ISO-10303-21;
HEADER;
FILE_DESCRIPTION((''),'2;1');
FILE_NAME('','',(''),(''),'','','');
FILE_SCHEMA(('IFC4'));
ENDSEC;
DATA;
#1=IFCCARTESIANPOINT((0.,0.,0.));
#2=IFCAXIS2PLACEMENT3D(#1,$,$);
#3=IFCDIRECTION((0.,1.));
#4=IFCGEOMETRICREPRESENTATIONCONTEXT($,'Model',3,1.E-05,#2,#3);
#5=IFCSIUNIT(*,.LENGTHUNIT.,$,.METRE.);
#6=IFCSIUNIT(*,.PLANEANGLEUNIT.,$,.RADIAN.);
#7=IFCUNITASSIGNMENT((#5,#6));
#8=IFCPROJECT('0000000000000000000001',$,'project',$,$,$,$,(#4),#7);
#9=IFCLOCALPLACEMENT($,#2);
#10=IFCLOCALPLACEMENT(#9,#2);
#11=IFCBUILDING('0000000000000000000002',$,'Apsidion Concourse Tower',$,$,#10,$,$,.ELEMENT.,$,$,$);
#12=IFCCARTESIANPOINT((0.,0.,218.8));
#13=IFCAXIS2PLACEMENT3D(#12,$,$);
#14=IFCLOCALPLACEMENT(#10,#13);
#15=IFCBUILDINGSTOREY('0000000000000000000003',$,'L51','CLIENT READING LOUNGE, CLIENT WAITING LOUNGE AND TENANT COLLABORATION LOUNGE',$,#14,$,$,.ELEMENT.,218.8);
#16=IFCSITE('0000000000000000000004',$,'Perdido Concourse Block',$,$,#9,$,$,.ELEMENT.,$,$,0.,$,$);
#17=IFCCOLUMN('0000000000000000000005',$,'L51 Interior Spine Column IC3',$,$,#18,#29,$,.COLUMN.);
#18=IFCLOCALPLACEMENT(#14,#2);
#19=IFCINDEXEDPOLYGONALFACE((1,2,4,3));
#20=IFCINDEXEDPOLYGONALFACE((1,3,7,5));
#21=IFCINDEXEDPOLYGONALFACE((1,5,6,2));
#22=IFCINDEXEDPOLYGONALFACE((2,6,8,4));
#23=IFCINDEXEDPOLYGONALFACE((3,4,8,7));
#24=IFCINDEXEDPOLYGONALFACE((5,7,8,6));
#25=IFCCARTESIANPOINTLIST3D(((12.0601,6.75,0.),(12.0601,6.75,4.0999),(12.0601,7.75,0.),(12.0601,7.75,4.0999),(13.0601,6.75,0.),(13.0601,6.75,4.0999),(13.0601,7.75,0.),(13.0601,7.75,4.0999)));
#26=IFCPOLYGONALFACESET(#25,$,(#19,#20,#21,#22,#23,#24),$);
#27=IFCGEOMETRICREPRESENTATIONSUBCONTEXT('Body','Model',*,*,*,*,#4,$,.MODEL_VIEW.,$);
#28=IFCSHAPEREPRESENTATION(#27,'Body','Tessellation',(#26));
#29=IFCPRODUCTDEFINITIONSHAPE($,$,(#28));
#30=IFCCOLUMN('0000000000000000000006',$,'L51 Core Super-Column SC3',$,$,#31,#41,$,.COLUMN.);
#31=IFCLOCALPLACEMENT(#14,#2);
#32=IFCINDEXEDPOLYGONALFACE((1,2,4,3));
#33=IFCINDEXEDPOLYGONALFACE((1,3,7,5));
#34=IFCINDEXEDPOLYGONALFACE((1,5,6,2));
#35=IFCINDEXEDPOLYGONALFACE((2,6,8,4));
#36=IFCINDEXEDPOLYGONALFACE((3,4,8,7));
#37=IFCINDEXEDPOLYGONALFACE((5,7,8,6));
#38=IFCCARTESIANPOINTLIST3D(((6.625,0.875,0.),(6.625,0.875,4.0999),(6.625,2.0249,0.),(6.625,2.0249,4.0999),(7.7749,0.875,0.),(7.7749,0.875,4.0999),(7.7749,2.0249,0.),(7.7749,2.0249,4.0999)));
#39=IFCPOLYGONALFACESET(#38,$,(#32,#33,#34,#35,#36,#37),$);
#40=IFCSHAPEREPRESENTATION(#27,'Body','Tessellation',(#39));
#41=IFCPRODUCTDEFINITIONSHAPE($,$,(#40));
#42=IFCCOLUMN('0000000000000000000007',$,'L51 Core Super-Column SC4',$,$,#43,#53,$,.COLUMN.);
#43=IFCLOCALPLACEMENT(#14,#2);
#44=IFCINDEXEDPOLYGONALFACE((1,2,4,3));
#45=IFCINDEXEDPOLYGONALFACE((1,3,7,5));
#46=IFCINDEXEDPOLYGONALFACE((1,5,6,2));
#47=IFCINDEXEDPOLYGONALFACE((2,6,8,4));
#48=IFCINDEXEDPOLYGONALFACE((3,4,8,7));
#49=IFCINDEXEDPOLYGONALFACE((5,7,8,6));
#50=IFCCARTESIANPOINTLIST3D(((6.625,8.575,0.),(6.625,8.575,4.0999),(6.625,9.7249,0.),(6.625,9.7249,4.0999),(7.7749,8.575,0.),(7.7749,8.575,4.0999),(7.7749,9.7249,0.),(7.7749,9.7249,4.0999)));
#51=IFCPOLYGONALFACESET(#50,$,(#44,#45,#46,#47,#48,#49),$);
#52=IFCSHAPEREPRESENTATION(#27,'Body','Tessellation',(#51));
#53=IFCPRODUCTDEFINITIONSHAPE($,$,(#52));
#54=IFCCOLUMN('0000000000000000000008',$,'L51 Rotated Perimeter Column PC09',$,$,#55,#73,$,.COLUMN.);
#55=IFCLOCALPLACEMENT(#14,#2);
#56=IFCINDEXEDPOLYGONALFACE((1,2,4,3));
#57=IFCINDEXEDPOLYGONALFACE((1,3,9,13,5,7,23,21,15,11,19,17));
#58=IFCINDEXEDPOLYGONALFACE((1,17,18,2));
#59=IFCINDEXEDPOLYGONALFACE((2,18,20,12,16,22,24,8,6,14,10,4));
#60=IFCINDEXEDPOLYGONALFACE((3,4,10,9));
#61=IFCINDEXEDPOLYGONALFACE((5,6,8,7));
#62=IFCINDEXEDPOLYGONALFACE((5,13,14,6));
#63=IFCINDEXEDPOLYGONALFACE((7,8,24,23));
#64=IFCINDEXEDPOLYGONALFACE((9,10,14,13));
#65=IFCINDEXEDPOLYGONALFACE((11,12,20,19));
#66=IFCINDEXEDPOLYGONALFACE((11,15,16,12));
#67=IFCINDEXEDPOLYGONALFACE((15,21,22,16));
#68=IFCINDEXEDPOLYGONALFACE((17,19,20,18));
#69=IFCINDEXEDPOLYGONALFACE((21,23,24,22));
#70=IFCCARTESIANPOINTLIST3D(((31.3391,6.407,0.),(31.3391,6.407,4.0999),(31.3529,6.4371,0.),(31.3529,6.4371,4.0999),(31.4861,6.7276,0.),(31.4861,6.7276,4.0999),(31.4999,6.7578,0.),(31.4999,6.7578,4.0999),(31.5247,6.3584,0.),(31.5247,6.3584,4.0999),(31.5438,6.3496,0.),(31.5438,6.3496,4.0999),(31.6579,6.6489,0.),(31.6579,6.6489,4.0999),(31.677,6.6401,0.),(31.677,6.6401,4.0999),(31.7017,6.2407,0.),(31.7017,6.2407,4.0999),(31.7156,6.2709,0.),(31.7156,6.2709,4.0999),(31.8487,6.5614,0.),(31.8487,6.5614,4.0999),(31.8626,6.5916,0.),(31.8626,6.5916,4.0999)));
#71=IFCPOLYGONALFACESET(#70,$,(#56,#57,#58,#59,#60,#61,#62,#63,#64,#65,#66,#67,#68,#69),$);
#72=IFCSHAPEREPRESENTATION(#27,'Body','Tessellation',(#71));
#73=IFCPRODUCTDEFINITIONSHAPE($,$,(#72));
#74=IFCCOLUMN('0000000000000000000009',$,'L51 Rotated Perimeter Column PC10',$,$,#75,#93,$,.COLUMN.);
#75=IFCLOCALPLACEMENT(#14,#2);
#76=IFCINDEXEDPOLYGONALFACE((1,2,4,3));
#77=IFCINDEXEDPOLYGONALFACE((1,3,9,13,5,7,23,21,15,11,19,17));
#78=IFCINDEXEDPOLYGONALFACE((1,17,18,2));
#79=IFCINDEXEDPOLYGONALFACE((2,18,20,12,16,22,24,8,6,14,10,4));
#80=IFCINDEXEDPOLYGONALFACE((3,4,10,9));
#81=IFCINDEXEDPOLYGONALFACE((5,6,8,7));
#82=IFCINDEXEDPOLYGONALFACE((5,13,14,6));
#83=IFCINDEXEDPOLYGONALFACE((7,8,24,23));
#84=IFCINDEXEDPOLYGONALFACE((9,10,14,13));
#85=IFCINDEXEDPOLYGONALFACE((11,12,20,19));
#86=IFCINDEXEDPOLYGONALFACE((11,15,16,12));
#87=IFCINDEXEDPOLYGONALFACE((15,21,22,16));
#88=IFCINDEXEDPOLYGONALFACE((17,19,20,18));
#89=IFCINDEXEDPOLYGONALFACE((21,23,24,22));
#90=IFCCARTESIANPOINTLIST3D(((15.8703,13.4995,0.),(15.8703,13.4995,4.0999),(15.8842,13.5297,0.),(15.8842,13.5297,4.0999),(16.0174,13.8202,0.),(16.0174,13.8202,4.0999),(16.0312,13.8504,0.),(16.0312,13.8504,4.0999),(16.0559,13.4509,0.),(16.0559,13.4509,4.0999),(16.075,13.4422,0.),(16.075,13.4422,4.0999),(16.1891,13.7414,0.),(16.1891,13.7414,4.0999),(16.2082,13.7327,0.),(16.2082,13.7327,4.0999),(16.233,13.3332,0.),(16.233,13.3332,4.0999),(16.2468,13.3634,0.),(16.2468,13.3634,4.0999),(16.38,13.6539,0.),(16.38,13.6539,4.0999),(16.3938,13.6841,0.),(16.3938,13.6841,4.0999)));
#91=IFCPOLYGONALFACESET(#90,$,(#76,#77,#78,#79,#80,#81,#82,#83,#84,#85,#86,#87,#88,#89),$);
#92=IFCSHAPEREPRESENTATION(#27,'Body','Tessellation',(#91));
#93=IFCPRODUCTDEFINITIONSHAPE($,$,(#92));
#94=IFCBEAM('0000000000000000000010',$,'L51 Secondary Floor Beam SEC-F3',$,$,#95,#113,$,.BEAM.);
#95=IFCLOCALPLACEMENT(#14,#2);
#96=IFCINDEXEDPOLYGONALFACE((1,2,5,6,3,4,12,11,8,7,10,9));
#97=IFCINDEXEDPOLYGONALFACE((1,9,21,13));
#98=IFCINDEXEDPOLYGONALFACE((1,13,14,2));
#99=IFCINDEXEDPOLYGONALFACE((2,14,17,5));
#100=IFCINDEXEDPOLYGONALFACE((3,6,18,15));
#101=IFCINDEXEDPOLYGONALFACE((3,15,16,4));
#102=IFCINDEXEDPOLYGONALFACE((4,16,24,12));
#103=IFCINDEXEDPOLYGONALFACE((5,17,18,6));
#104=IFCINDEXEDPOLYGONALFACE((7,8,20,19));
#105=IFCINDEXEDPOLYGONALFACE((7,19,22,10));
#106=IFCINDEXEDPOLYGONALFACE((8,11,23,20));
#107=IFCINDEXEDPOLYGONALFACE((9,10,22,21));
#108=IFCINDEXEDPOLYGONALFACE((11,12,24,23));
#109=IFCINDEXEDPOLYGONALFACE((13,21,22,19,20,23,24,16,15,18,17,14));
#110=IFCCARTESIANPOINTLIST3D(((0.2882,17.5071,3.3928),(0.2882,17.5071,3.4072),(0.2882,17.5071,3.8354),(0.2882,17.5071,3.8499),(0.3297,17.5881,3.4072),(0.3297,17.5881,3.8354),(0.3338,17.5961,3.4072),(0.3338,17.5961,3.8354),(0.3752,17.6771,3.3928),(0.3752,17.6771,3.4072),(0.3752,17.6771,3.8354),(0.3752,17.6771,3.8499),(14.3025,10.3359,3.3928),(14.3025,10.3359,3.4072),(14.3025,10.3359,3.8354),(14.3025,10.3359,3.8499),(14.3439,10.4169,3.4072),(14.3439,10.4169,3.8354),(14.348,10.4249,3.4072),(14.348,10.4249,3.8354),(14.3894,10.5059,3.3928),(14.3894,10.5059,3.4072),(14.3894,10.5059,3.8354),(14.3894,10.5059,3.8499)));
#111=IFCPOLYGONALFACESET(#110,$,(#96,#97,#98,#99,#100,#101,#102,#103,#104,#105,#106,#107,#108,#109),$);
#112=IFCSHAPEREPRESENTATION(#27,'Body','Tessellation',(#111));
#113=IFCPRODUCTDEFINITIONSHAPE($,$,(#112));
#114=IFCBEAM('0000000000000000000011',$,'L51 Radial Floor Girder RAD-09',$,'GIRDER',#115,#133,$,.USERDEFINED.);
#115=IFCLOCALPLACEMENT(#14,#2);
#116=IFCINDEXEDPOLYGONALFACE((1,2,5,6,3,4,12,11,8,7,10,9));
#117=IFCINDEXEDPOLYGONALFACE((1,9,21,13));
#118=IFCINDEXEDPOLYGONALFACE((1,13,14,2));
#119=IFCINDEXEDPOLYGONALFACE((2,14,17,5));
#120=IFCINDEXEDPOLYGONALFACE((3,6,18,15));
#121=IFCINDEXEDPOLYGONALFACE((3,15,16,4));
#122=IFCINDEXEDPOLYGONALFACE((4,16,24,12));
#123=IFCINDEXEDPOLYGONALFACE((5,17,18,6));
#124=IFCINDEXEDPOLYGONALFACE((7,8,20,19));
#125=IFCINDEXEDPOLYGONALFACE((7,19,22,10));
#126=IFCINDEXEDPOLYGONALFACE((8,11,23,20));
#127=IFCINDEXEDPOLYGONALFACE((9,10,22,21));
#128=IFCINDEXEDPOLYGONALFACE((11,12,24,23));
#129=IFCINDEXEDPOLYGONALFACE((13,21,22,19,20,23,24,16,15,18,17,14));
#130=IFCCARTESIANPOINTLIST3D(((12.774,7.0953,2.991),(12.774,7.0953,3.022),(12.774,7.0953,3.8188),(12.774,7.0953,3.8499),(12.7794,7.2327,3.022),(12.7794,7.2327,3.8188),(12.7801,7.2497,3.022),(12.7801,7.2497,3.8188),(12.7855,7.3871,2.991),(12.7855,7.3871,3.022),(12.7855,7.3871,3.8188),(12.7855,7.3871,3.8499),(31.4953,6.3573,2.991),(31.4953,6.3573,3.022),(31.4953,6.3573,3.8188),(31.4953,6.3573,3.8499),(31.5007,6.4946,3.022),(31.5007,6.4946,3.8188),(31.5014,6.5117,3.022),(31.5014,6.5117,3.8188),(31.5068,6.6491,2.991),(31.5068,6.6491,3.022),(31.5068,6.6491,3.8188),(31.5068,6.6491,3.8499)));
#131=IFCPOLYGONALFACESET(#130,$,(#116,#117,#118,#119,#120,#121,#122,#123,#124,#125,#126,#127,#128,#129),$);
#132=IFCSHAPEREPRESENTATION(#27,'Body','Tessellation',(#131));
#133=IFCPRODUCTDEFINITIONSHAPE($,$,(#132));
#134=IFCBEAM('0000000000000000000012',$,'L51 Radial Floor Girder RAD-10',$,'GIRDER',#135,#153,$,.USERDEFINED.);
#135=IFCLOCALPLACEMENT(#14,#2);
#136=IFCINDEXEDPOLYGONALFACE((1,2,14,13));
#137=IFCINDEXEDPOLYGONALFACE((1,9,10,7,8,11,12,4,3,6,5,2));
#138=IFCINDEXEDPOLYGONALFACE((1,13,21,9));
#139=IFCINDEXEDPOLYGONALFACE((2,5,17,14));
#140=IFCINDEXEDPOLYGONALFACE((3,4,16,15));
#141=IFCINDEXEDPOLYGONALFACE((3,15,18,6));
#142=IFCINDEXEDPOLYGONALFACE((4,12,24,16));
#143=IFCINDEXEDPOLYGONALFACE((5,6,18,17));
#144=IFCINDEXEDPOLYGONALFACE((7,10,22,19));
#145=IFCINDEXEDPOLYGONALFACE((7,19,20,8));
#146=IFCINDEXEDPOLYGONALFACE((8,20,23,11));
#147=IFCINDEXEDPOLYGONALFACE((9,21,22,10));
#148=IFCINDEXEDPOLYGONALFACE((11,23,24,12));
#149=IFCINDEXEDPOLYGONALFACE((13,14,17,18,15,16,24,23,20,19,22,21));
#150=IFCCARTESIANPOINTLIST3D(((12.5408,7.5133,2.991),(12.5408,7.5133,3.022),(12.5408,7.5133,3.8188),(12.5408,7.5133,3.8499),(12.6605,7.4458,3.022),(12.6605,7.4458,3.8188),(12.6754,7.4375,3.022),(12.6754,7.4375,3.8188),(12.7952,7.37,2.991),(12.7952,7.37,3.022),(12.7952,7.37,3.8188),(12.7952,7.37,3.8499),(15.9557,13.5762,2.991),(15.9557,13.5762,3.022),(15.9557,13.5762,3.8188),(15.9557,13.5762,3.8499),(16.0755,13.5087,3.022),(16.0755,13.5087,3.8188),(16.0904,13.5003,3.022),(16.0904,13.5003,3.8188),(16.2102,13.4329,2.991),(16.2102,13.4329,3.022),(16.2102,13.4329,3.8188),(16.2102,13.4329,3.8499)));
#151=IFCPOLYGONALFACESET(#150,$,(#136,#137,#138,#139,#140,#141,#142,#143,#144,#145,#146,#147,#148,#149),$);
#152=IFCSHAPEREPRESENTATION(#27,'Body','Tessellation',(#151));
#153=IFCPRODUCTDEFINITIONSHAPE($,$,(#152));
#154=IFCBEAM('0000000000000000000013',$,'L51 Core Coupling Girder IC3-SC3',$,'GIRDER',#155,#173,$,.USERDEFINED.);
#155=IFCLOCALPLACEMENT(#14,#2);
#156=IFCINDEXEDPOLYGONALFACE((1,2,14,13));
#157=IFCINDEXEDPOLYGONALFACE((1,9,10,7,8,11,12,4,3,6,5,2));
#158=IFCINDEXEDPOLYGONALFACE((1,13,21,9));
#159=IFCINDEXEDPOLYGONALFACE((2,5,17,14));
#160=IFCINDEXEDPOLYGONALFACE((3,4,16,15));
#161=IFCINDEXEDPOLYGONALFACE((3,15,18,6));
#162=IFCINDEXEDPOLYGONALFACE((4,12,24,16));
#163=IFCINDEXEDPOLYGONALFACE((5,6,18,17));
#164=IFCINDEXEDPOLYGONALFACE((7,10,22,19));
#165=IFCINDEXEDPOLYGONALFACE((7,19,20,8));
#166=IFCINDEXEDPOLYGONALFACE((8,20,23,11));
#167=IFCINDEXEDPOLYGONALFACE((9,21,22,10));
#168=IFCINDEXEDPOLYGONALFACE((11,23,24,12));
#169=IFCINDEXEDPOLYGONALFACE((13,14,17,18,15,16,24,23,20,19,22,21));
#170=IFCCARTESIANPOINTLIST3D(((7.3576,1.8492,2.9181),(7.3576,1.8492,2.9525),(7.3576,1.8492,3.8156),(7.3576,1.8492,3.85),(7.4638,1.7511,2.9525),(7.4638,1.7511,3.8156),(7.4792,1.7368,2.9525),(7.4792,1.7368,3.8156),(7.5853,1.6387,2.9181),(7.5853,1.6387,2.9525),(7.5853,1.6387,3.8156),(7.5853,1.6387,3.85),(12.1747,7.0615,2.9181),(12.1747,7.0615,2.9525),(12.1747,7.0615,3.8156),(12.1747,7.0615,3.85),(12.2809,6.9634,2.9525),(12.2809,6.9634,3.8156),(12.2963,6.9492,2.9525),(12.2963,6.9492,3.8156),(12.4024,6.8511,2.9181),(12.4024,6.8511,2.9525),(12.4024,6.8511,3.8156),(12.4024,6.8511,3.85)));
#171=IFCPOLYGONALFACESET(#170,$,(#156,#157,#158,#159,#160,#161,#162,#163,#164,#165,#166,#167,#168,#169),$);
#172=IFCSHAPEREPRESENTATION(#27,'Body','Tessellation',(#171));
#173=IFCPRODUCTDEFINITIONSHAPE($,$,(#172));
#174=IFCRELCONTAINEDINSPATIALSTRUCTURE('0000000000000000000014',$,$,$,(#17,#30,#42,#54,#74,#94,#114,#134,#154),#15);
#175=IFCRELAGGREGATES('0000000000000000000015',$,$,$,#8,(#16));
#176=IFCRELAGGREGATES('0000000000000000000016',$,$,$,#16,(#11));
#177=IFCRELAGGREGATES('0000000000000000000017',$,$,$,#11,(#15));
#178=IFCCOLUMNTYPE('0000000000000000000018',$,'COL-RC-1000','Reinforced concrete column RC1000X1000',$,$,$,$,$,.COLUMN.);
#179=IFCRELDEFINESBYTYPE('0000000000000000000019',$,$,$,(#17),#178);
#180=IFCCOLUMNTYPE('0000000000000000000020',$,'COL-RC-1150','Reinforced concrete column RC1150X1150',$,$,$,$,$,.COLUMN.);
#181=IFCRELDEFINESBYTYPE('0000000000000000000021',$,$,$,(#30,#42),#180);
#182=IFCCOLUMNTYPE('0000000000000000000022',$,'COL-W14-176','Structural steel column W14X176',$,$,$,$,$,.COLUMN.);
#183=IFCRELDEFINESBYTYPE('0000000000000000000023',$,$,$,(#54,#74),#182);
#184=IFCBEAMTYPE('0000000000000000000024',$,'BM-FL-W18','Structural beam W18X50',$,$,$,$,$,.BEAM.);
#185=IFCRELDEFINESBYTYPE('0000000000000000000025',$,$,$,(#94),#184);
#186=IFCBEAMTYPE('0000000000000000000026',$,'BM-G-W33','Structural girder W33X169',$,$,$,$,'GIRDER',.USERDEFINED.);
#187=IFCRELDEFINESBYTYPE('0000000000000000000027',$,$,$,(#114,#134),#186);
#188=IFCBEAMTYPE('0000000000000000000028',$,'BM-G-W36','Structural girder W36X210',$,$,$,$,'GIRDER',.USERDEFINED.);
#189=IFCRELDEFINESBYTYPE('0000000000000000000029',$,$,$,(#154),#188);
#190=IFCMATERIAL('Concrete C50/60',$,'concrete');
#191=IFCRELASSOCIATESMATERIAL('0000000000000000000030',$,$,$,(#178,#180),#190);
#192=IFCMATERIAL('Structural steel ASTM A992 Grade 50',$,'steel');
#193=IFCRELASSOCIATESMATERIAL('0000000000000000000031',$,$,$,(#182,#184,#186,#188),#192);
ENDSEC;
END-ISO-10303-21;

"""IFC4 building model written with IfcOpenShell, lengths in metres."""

from ifc_helpers import new_model, si_unit, direction, frame, origin, origin_2d, place, context, subcontext, project, spatial, rectangle, i_section, extrude, material, material_profile, profile_set, type_object, element, save


model = new_model("IFC4")

# Units and contexts
model_context = context("Model", 3, precision=1e-05, world=origin(), true_north=direction((0.0, 1.0)))
body_context = subcontext(model_context, "Body", "Model", "MODEL_VIEW")
ifc_project = project(units=[si_unit("LENGTHUNIT", "METRE"), si_unit("PLANEANGLEUNIT", "RADIAN")], contexts=[model_context])

# Site, building, storey
site_placement = place(None, origin())
site = spatial("IfcSite", under=ifc_project, at=site_placement, Name="Perdido Concourse Block", CompositionType="ELEMENT", RefElevation=0.0)
building_placement = place(site_placement, origin())
building = spatial("IfcBuilding", under=site, at=building_placement, Name="Apsidion Concourse Tower", CompositionType="ELEMENT")
storey_placement = place(building_placement, frame((0.0, 0.0, 218.8)))
storey = spatial("IfcBuildingStorey", under=building, at=storey_placement, Name="L51", Description="CLIENT READING LOUNGE, CLIENT WAITING LOUNGE AND TENANT COLLABORATION LOUNGE", CompositionType="ELEMENT", Elevation=218.8)

# Columns
ifc_material_1 = material(Name="Concrete C50/60", Category="concrete")
ifc_material_profile_1 = material_profile(ifc_material_1, rectangle(XDim=1.0, YDim=1.0, at=origin_2d()), Name="RC 1000x1000")
ifc_profile_set_1 = profile_set([ifc_material_profile_1], Name="Concrete C50/60")
column_type_1 = type_object("IfcColumnType", Name="COL-RC-1000", Description="Reinforced concrete column RC1000X1000", PredefinedType="COLUMN", material=ifc_profile_set_1)
column_placement = place(storey_placement, frame((12.5601, 7.25, 0.0), z_axis=(0.0, 0.0, 1.0), x_axis=(1.0, 0.0, 0.0)))
element("IfcColumn", 1, at=column_placement, inside=storey, type_object=column_type_1, Name="L51 Interior Spine Column IC3", PredefinedType="COLUMN", context=body_context, shape_type="SweptSolid", body=[
    extrude(rectangle(XDim=1.0, YDim=1.0, at=origin_2d()), origin(), (0.0, 0.0, 1.0), 4.0999),
])
ifc_material_profile_2 = material_profile(ifc_material_1, rectangle(XDim=1.1499, YDim=1.1499, at=origin_2d()), Name="RC 1150x1150")
ifc_profile_set_2 = profile_set([ifc_material_profile_2], Name="Concrete C50/60")
column_type_2 = type_object("IfcColumnType", Name="COL-RC-1150", Description="Reinforced concrete column RC1150X1150", PredefinedType="COLUMN", material=ifc_profile_set_2)
for number, where, z_axis, x_axis, name in (
    (2, (7.2, 1.45, 0.0), (0.0, 0.0, 1.0), (1.0, 0.0, 0.0), "L51 Core Super-Column SC3"),
    (3, (7.2, 9.1499, 0.0), (0.0, 0.0, 1.0), (1.0, 0.0, 0.0), "L51 Core Super-Column SC4"),
):
    element("IfcColumn", number, at=place(storey_placement, frame(where, z_axis=z_axis, x_axis=x_axis)), inside=storey, type_object=column_type_2, Name=name, PredefinedType="COLUMN", context=body_context, shape_type="SweptSolid", body=[
        extrude(rectangle(XDim=1.1499, YDim=1.1499, at=origin_2d()), origin(), (0.0, 0.0, 1.0), 4.0999),
    ])
ifc_material_2 = material(Name="Structural steel ASTM A992 Grade 50", Category="steel")
ifc_material_profile_3 = material_profile(ifc_material_2, i_section(OverallWidth=0.3989, OverallDepth=0.386, WebThickness=0.021, FlangeThickness=0.0332, at=origin_2d()), Name="W14X176")
ifc_profile_set_3 = profile_set([ifc_material_profile_3], Name="Structural steel ASTM A992 Grade 50")
column_type_3 = type_object("IfcColumnType", Name="COL-W14-176", Description="Structural steel column W14X176", PredefinedType="COLUMN", material=ifc_profile_set_3)
for number, where, z_axis, x_axis, name in (
    (4, (31.6008, 6.4993, 0.0), (0.0, 0.0, 1.0), (-0.909018, 0.416757, 0.0), "L51 Rotated Perimeter Column PC09"),
    (5, (16.1321, 13.5918, 0.0), (0.0, 0.0, 1.0), (-0.909018, 0.416757, 0.0), "L51 Rotated Perimeter Column PC10"),
):
    element("IfcColumn", number, at=place(storey_placement, frame(where, z_axis=z_axis, x_axis=x_axis)), inside=storey, type_object=column_type_3, Name=name, PredefinedType="COLUMN", context=body_context, shape_type="SweptSolid", body=[
        extrude(i_section(OverallWidth=0.3989, OverallDepth=0.386, WebThickness=0.021, FlangeThickness=0.0332, at=origin_2d()), origin(), (0.0, 0.0, 1.0), 4.0999),
    ])

# Beams
ifc_material_profile_4 = material_profile(ifc_material_2, i_section(OverallWidth=0.1909, OverallDepth=0.457, WebThickness=0.009, FlangeThickness=0.0144, at=origin_2d()), Name="W18X50")
ifc_profile_set_4 = profile_set([ifc_material_profile_4], Name="Structural steel ASTM A992 Grade 50")
beam_type_1 = type_object("IfcBeamType", Name="BM-FL-W18", Description="Structural beam W18X50", PredefinedType="BEAM", material=ifc_profile_set_4)
beam_1_placement = place(storey_placement, frame((14.3459, 10.4209, 3.6213), z_axis=(-0.89022, 0.455532, 0.0), x_axis=(-0.455532, -0.89022, 0.0)))
element("IfcBeam", 6, at=beam_1_placement, inside=storey, type_object=beam_type_1, Name="L51 Secondary Floor Beam SEC-F3", PredefinedType="BEAM", context=body_context, shape_type="SweptSolid", body=[
    extrude(i_section(OverallWidth=0.1909, OverallDepth=0.457, WebThickness=0.009, FlangeThickness=0.0144, at=origin_2d()), origin(), (0.0, 0.0, 1.0), 15.7424),
])
ifc_material_profile_5 = material_profile(ifc_material_2, i_section(OverallWidth=0.292, OverallDepth=0.8589, WebThickness=0.0171, FlangeThickness=0.031, at=origin_2d()), Name="W33X169")
ifc_profile_set_5 = profile_set([ifc_material_profile_5], Name="Structural steel ASTM A992 Grade 50")
beam_type_2 = type_object("IfcBeamType", Name="BM-G-W33", Description="Structural girder W33X169", ElementType="GIRDER", PredefinedType="USERDEFINED", material=ifc_profile_set_5)
beam_2_placement = place(storey_placement, frame((12.7798, 7.2412, 3.4204), z_axis=(0.999224, -0.039392, 0.0), x_axis=(0.039392, 0.999224, 0.0)))
element("IfcBeam", 7, at=beam_2_placement, inside=storey, type_object=beam_type_2, Name="L51 Radial Floor Girder RAD-09", ObjectType="GIRDER", PredefinedType="USERDEFINED", context=body_context, shape_type="SweptSolid", body=[
    extrude(i_section(OverallWidth=0.292, OverallDepth=0.8589, WebThickness=0.0171, FlangeThickness=0.031, at=origin_2d()), origin(), (0.0, 0.0, 1.0), 18.7358),
])
beam_3_placement = place(storey_placement, frame((12.668, 7.4417, 3.4204), z_axis=(0.490764, 0.871292, 0.0), x_axis=(-0.871292, 0.490764, 0.0)))
element("IfcBeam", 8, at=beam_3_placement, inside=storey, type_object=beam_type_2, Name="L51 Radial Floor Girder RAD-10", ObjectType="GIRDER", PredefinedType="USERDEFINED", context=body_context, shape_type="SweptSolid", body=[
    extrude(i_section(OverallWidth=0.292, OverallDepth=0.8589, WebThickness=0.0171, FlangeThickness=0.031, at=origin_2d()), origin(), (0.0, 0.0, 1.0), 6.9585),
])
ifc_material_profile_6 = material_profile(ifc_material_2, i_section(OverallWidth=0.3101, OverallDepth=0.9319, WebThickness=0.021, FlangeThickness=0.0344, at=origin_2d()), Name="W36X210")
ifc_profile_set_6 = profile_set([ifc_material_profile_6], Name="Structural steel ASTM A992 Grade 50")
beam_type_3 = type_object("IfcBeamType", Name="BM-G-W36", Description="Structural girder W36X210", ElementType="GIRDER", PredefinedType="USERDEFINED", material=ifc_profile_set_6)
beam_4_placement = place(storey_placement, frame((12.2886, 6.9563, 3.384), z_axis=(-0.678713, -0.734404, 0.0), x_axis=(0.734404, -0.678713, 0.0)))
element("IfcBeam", 9, at=beam_4_placement, inside=storey, type_object=beam_type_3, Name="L51 Core Coupling Girder IC3-SC3", ObjectType="GIRDER", PredefinedType="USERDEFINED", context=body_context, shape_type="SweptSolid", body=[
    extrude(i_section(OverallWidth=0.3101, OverallDepth=0.9319, WebThickness=0.021, FlangeThickness=0.0344, at=origin_2d()), origin(), (0.0, 0.0, 1.0), 7.0974),
])

save(model, "model.ifc")
